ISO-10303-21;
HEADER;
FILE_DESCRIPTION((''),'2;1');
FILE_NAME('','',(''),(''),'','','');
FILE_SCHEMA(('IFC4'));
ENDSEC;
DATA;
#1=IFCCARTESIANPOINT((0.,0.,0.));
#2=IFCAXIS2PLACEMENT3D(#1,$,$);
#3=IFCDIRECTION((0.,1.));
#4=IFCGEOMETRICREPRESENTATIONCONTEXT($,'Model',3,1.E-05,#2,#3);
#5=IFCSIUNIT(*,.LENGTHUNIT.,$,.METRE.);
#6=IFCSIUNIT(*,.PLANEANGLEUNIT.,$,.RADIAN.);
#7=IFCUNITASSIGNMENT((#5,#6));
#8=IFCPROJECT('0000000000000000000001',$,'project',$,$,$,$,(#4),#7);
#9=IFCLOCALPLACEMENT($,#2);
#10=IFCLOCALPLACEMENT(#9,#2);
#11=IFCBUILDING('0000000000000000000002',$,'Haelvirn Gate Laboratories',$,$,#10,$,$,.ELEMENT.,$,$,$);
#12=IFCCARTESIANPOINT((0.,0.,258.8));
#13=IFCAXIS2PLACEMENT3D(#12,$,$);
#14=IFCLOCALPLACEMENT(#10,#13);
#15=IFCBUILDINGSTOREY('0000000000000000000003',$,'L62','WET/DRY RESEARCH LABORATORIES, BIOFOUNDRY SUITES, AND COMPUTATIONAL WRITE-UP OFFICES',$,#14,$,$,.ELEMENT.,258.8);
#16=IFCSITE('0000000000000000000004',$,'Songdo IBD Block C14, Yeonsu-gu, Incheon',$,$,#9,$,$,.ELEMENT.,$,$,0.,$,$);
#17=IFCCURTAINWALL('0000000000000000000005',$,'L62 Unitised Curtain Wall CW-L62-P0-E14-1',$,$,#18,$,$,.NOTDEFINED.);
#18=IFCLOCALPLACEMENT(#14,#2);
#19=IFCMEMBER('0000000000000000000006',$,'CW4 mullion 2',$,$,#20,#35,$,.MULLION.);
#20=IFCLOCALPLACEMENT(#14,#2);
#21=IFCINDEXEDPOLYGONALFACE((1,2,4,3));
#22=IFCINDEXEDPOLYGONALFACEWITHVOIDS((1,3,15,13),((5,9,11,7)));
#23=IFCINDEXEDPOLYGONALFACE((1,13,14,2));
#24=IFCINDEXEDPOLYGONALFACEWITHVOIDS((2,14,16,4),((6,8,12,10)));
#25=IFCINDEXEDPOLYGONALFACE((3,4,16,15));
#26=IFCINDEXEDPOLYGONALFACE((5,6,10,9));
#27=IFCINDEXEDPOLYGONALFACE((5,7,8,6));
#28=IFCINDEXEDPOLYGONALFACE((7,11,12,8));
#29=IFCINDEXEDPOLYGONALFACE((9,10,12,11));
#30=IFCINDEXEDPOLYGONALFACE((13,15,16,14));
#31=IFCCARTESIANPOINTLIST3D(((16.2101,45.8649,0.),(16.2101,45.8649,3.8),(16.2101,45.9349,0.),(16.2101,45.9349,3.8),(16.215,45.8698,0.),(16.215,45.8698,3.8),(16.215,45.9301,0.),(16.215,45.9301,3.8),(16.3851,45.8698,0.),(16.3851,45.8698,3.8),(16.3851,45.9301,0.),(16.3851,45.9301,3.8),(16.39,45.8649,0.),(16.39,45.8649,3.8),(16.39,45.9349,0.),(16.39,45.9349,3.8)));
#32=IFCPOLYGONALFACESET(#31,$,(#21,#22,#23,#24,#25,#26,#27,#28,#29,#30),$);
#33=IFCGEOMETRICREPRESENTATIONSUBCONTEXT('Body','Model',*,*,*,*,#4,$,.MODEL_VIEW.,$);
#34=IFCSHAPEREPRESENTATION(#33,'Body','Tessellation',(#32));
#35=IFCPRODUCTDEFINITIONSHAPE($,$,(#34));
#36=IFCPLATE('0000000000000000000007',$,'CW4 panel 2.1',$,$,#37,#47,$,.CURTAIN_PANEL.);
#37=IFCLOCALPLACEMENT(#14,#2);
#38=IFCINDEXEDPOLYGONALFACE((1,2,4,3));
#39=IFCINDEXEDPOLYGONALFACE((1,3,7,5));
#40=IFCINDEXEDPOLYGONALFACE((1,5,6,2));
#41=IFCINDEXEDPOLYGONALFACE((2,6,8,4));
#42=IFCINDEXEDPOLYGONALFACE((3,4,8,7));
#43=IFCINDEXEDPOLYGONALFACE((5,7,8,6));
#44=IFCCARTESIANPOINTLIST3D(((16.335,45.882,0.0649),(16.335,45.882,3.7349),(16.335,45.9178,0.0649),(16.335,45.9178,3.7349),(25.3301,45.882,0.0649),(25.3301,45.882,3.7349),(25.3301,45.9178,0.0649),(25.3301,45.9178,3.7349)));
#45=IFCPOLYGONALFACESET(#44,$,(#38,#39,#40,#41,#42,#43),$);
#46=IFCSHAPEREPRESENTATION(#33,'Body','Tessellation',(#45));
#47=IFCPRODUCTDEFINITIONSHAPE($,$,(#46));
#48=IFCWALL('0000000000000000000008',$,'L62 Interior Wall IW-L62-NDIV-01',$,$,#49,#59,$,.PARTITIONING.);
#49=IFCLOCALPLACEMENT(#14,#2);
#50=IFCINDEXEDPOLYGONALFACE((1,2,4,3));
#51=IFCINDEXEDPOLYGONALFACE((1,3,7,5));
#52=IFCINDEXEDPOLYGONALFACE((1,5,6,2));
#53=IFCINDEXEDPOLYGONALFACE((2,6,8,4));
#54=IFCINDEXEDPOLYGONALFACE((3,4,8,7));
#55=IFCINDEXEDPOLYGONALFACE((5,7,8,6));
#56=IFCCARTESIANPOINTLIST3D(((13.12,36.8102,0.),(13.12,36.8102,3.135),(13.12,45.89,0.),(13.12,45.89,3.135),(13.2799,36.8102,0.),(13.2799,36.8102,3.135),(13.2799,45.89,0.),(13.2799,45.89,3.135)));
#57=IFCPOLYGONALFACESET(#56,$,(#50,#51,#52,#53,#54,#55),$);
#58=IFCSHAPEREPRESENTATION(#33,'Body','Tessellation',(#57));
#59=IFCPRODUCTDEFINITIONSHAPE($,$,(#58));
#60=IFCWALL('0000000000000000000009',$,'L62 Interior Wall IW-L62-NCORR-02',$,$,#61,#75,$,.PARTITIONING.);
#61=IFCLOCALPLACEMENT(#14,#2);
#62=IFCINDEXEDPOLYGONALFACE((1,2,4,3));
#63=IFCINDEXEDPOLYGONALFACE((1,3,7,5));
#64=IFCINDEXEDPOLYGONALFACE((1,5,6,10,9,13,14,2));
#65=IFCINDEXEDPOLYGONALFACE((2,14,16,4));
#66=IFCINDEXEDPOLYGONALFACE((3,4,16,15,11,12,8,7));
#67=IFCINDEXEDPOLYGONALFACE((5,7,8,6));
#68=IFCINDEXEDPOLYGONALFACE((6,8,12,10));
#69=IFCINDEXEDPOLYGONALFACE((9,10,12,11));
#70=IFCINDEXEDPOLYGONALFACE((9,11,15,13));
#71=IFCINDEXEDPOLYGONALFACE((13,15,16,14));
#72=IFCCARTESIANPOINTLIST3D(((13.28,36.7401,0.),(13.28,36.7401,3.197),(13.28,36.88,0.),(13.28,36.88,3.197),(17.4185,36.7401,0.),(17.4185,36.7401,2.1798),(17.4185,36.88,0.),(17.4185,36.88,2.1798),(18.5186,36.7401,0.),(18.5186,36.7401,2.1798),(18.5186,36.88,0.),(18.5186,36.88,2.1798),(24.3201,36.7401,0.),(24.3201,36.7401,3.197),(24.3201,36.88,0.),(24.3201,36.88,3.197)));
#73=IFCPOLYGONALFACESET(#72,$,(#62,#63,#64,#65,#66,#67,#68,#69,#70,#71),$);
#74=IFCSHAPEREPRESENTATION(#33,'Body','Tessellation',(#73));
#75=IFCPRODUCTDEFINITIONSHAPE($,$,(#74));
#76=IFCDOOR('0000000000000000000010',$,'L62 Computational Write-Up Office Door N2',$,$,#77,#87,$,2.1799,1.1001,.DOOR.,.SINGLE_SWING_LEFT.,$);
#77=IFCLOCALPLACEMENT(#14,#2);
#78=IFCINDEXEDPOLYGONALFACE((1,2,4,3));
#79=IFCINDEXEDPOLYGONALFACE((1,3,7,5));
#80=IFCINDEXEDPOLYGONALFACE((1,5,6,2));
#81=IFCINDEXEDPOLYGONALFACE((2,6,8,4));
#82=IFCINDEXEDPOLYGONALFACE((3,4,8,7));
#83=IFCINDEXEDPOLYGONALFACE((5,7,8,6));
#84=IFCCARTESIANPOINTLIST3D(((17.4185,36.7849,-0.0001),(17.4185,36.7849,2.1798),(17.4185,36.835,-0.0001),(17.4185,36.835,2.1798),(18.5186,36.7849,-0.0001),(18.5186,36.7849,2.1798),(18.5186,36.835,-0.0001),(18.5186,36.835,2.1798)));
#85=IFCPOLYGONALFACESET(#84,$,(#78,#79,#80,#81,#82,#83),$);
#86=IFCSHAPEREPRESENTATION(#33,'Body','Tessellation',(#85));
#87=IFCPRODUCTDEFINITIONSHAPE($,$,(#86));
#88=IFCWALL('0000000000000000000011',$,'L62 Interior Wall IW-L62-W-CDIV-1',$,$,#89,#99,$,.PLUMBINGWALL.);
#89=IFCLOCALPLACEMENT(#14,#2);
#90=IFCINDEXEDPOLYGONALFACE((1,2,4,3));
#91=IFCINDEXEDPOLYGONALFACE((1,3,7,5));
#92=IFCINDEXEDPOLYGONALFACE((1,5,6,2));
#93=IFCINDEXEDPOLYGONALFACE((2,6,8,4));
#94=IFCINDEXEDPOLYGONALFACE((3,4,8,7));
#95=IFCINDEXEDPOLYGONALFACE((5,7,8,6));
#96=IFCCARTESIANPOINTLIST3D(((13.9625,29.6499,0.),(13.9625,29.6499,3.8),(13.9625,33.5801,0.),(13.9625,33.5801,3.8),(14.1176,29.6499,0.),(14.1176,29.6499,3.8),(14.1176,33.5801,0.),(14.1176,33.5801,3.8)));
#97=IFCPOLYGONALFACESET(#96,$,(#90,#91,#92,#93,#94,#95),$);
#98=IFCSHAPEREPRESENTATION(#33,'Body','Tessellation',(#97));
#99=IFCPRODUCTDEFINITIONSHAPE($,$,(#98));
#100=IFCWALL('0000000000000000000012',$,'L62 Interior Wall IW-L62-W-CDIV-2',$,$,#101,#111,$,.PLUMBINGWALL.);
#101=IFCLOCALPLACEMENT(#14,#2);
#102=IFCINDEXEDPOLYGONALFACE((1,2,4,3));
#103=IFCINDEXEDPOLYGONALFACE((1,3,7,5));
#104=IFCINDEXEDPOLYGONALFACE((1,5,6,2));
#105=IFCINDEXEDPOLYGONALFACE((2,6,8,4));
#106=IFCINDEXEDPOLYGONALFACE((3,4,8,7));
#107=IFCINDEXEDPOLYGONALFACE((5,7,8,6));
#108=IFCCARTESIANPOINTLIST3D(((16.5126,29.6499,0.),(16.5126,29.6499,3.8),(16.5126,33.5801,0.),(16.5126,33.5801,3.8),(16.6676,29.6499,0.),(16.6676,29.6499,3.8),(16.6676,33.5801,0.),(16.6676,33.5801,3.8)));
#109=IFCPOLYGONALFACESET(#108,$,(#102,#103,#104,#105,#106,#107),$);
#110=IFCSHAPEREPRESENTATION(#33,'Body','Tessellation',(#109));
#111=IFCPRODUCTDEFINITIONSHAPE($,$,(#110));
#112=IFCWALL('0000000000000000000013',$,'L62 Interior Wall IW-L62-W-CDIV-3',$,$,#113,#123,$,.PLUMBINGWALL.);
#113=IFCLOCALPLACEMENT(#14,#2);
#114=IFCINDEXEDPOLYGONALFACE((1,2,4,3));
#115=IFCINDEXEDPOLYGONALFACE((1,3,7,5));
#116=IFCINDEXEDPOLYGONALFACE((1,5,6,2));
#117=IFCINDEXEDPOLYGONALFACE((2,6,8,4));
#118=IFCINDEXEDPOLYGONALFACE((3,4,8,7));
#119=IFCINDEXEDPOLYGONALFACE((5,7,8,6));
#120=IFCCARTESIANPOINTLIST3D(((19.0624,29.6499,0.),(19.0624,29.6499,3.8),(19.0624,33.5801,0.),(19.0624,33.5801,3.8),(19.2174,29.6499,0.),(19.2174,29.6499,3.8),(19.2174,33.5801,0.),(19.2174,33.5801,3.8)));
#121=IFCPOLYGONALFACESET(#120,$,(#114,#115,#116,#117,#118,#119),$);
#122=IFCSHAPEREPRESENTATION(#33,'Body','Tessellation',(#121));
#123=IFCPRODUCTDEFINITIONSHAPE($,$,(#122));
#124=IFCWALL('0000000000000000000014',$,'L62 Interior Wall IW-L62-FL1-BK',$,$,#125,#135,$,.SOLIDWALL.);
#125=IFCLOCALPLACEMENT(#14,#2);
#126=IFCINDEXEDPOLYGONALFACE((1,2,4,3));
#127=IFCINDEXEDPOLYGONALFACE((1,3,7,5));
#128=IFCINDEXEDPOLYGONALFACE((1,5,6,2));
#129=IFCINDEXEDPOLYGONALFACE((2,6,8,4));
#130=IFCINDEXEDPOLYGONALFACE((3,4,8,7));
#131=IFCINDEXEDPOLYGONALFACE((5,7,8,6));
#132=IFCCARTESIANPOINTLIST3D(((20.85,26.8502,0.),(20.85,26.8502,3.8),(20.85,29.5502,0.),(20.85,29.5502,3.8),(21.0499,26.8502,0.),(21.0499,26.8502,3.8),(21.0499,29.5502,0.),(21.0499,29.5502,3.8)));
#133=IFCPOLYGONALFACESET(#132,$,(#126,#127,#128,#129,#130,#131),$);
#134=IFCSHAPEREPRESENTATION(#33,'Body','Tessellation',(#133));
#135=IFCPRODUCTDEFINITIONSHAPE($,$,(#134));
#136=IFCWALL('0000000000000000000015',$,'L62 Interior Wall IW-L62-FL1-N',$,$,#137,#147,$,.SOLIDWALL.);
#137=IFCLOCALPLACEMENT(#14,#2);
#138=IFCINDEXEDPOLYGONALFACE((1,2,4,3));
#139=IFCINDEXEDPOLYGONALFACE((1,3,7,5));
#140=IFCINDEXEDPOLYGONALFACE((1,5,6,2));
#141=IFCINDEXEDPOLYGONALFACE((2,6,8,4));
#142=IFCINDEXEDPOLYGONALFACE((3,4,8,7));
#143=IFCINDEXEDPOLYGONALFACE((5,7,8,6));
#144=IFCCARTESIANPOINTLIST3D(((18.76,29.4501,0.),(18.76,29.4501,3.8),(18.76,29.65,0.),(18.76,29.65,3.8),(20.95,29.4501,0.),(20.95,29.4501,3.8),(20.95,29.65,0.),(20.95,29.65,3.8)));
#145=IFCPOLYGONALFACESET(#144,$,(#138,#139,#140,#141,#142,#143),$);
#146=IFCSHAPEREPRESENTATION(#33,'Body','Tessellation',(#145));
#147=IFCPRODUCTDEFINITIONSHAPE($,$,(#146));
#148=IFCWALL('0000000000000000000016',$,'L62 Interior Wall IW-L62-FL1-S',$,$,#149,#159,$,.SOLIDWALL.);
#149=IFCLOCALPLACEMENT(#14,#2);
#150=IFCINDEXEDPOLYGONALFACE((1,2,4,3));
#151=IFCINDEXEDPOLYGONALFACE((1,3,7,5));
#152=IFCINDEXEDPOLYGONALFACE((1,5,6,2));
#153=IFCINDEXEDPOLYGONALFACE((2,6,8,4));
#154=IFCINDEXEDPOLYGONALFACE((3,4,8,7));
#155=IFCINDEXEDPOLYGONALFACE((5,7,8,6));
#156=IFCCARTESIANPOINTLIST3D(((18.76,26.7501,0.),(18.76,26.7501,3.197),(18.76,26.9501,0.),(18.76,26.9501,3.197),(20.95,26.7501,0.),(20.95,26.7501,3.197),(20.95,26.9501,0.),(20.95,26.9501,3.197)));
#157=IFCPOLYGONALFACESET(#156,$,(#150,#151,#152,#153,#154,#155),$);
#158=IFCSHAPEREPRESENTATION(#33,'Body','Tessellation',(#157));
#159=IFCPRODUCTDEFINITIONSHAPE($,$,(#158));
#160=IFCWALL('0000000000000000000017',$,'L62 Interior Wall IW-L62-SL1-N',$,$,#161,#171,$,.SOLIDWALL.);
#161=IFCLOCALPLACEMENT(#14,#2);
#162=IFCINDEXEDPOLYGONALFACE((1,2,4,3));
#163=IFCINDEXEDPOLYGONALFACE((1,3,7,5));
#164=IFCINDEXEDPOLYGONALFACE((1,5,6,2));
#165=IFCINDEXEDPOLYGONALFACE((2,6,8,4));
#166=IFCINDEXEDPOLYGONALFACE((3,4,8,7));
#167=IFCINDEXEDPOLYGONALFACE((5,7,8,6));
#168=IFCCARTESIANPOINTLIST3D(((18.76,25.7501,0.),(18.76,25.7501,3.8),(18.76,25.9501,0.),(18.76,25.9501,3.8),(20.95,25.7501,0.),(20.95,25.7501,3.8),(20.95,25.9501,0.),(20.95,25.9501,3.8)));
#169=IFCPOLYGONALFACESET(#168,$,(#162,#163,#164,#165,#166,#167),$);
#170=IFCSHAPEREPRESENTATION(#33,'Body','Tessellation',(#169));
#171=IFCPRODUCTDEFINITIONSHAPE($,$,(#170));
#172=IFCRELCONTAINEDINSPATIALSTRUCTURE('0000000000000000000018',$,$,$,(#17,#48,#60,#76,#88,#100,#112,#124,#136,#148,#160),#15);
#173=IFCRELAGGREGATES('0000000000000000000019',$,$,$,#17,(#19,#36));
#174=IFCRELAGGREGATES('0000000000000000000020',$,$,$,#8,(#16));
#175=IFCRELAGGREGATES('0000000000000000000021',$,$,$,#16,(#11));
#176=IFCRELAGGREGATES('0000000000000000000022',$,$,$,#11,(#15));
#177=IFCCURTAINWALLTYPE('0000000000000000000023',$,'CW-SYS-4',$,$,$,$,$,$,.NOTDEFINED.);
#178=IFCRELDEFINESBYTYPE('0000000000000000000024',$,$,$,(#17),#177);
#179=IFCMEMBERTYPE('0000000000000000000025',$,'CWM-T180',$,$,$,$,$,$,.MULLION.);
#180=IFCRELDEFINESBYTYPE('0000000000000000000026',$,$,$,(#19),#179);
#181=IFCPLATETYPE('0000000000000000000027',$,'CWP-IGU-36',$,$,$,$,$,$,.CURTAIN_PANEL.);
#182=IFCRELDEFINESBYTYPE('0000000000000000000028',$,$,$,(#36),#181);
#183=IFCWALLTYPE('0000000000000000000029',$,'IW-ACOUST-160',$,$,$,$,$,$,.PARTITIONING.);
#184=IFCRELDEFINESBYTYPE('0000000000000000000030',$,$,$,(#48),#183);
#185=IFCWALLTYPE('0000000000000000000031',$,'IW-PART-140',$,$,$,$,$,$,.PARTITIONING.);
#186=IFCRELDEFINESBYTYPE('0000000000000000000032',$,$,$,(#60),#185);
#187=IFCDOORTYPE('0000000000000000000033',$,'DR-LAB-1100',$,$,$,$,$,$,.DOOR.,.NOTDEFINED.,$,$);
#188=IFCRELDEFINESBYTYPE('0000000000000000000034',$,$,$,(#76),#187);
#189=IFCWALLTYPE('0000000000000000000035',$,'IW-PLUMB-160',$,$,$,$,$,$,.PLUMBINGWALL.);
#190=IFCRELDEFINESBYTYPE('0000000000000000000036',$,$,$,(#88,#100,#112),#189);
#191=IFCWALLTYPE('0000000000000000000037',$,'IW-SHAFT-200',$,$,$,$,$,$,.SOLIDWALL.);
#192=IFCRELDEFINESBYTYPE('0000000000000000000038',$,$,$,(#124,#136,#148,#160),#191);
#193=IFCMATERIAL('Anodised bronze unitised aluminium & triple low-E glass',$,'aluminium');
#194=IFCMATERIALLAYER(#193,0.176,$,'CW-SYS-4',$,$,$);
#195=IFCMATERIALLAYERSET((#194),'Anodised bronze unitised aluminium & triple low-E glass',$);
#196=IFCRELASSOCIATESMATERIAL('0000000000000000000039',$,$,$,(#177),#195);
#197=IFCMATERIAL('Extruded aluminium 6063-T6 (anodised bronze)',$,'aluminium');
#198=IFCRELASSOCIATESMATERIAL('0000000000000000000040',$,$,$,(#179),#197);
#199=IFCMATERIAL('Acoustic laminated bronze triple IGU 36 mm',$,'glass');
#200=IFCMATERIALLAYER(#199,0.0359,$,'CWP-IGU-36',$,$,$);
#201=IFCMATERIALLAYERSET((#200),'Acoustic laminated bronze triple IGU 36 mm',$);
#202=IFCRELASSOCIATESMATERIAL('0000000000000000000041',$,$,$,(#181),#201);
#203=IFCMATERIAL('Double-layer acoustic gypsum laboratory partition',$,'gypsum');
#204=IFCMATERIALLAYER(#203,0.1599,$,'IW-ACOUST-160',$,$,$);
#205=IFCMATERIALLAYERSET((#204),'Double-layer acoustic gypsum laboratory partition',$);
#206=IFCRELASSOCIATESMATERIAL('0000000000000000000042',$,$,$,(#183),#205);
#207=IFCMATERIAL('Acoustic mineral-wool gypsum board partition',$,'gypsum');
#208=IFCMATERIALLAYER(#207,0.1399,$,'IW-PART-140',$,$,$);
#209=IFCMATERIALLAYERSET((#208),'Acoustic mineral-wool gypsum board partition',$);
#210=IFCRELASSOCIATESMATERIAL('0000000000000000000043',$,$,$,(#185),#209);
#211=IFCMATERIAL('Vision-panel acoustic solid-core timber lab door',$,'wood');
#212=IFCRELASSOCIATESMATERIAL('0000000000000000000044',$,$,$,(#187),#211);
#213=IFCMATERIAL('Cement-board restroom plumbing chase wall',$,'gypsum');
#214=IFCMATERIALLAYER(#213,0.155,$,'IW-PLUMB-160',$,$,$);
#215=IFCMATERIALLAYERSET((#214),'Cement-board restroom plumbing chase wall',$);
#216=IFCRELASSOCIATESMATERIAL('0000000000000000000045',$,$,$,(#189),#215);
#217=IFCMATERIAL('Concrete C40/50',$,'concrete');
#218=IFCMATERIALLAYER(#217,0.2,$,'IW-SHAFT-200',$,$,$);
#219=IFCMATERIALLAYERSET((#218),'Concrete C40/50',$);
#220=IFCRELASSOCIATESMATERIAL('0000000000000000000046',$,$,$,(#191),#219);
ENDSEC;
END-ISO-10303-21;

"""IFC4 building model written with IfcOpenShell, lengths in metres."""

from ifc_helpers import new_model, si_unit, direction, frame, frame_2d, origin, origin_2d, place, context, subcontext, project, spatial, rectangle, hollow_rectangle, extrude, source, transform, mapped, material, layer, layer_set, material_profile, profile_set, type_object, type_shapes, element, fill, aggregate, save


model = new_model("IFC4")

# Units and contexts
model_context = context("Model", 3, precision=1e-05, world=origin(), true_north=direction((0.0, 1.0)))
body_context = subcontext(model_context, "Body", "Model", "MODEL_VIEW")
ifc_project = project(units=[si_unit("LENGTHUNIT", "METRE"), si_unit("PLANEANGLEUNIT", "RADIAN")], contexts=[model_context])

# Site, building, storey
site_placement = place(None, origin())
site = spatial("IfcSite", under=ifc_project, at=site_placement, Name="Songdo IBD Block C14, Yeonsu-gu, Incheon", CompositionType="ELEMENT", RefElevation=0.0)
building_placement = place(site_placement, origin())
building = spatial("IfcBuilding", under=site, at=building_placement, Name="Haelvirn Gate Laboratories", CompositionType="ELEMENT")
storey_placement = place(building_placement, frame((0.0, 0.0, 258.8)))
storey = spatial("IfcBuildingStorey", under=building, at=storey_placement, Name="L62", Description="WET/DRY RESEARCH LABORATORIES, BIOFOUNDRY SUITES, AND COMPUTATIONAL WRITE-UP OFFICES", CompositionType="ELEMENT", Elevation=258.8)

# Curtain wall, member, plate
ifc_material_1 = material(Name="Anodised bronze unitised aluminium & triple low-E glass", Category="aluminium")
ifc_layer_1 = layer(ifc_material_1, 0.176, Name="CW-SYS-4")
ifc_layer_set_1 = layer_set([ifc_layer_1], Name="Anodised bronze unitised aluminium & triple low-E glass")
curtain_wall_type = type_object("IfcCurtainWallType", Name="CW-SYS-4", PredefinedType="NOTDEFINED", material=ifc_layer_set_1)
curtain_wall_placement = place(storey_placement, origin())
curtain_wall = element("IfcCurtainWall", 1, at=curtain_wall_placement, inside=storey, type_object=curtain_wall_type, Name="L62 Unitised Curtain Wall CW-L62-P0-E14-1", PredefinedType="NOTDEFINED")
ifc_material_2 = material(Name="Extruded aluminium 6063-T6 (anodised bronze)", Category="aluminium")
ifc_material_profile_1 = material_profile(ifc_material_2, hollow_rectangle(XDim=0.0701, YDim=0.1799, WallThickness=0.0049, at=origin_2d()), Name="CWM-180x70x5")
ifc_profile_set_1 = profile_set([ifc_material_profile_1], Name="Extruded aluminium 6063-T6 (anodised bronze)")
member_type_1 = type_object("IfcMemberType", Name="CWM-T180", PredefinedType="MULLION", material=ifc_profile_set_1)
shared_shape_1 = source(origin(), body_context, "Body", "SweptSolid", [
    extrude(hollow_rectangle(XDim=0.0701, YDim=0.1799, WallThickness=0.0049, at=origin_2d()), origin(), (0.0, 0.0, 1.0), 3.8),
])
type_shapes(member_type_1, [shared_shape_1])
member_1_placement = place(storey_placement, frame((16.3, 45.8999, 0.0), z_axis=(0.0, 0.0, 1.0), x_axis=(0.0, 1.0, 0.0)))
member_1 = element("IfcMember", 2, at=member_1_placement, type_object=member_type_1, Name="CW4 mullion 2", PredefinedType="MULLION", context=body_context, shape_type="MappedRepresentation", body=[
    mapped(shared_shape_1, transform((0.0, 0.0, 0.0), scale=1.0)),
])
ifc_material_3 = material(Name="Acoustic laminated bronze triple IGU 36 mm", Category="glass")
ifc_layer_2 = layer(ifc_material_3, 0.0359, Name="CWP-IGU-36")
ifc_layer_set_2 = layer_set([ifc_layer_2], Name="Acoustic laminated bronze triple IGU 36 mm")
plate_type = type_object("IfcPlateType", Name="CWP-IGU-36", PredefinedType="CURTAIN_PANEL", material=ifc_layer_set_2)
shared_shape_2 = source(origin(), body_context, "Body", "SweptSolid", [
    extrude(rectangle(XDim=8.9951, YDim=0.0359, at=origin_2d()), origin(), (0.0, 0.0, 1.0), 3.6699),
])
type_shapes(plate_type, [shared_shape_2])
plate_placement = place(storey_placement, frame((20.8325, 45.8999, 0.0649), z_axis=(0.0, 0.0, 1.0), x_axis=(1.0, 0.0, 0.0)))
plate = element("IfcPlate", 3, at=plate_placement, type_object=plate_type, Name="CW4 panel 2.1", PredefinedType="CURTAIN_PANEL", context=body_context, shape_type="MappedRepresentation", body=[
    mapped(shared_shape_2, transform((0.0, 0.0, 0.0), scale=1.0)),
])
aggregate(curtain_wall, [member_1, plate])

# Wall
ifc_material_4 = material(Name="Double-layer acoustic gypsum laboratory partition", Category="gypsum")
ifc_layer_3 = layer(ifc_material_4, 0.1599, Name="IW-ACOUST-160")
ifc_layer_set_3 = layer_set([ifc_layer_3], Name="Double-layer acoustic gypsum laboratory partition")
wall_type_1 = type_object("IfcWallType", Name="IW-ACOUST-160", PredefinedType="PARTITIONING", material=ifc_layer_set_3)
wall_1_placement = place(storey_placement, frame((13.2, 36.8101, 0.0), z_axis=(0.0, 0.0, 1.0), x_axis=(0.0, 1.0, 0.0)))
element("IfcWall", 4, at=wall_1_placement, inside=storey, type_object=wall_type_1, Name="L62 Interior Wall IW-L62-NDIV-01", PredefinedType="PARTITIONING", context=body_context, shape_type="SweptSolid", body=[
    extrude(rectangle(XDim=9.0798, YDim=0.1599, at=frame_2d((4.54, 0.0))), origin(), (0.0, 0.0, 1.0), 3.135),
])

# Wall, opening, door
ifc_material_5 = material(Name="Acoustic mineral-wool gypsum board partition", Category="gypsum")
ifc_layer_4 = layer(ifc_material_5, 0.1399, Name="IW-PART-140")
ifc_layer_set_4 = layer_set([ifc_layer_4], Name="Acoustic mineral-wool gypsum board partition")
wall_type_2 = type_object("IfcWallType", Name="IW-PART-140", PredefinedType="PARTITIONING", material=ifc_layer_set_4)
wall_2_placement = place(storey_placement, frame((13.28, 36.8101, 0.0), z_axis=(0.0, 0.0, 1.0), x_axis=(1.0, 0.0, 0.0)))
wall_2 = element("IfcWall", 5, at=wall_2_placement, inside=storey, type_object=wall_type_2, Name="L62 Interior Wall IW-L62-NCORR-02", PredefinedType="PARTITIONING", context=body_context, shape_type="SweptSolid", body=[
    extrude(rectangle(XDim=11.04, YDim=0.1399, at=frame_2d((5.52, 0.0))), origin(), (0.0, 0.0, 1.0), 3.197),
])
opening_placement = place(wall_2_placement, frame((4.1384, 0.0, 0.0)))
opening = element("IfcOpeningElement", 6, at=opening_placement, cuts=wall_2, PredefinedType="OPENING", context=body_context, shape_type="SweptSolid", body=[
    extrude(rectangle(XDim=1.1001, YDim=2.1799, at=frame_2d((0.55, 1.0898))), frame((0.0, 0.0801, 0.0), z_axis=(0.0, -1.0, 0.0), x_axis=(1.0, 0.0, 0.0)), (0.0, 0.0, 1.0), 0.1599),
])
ifc_material_6 = material(Name="Vision-panel acoustic solid-core timber lab door", Category="wood")
door_type = type_object("IfcDoorType", Name="DR-LAB-1100", OperationType="NOTDEFINED", PredefinedType="DOOR", material=ifc_material_6)
shared_shape_3 = source(origin(), body_context, "Body", "SweptSolid", [
    extrude(rectangle(XDim=1.1001, YDim=2.1799, at=frame_2d((0.55, 1.0898))), frame((0.0, 0.0249, 0.0), z_axis=(0.0, -1.0, 0.0), x_axis=(1.0, 0.0, 0.0)), (0.0, 0.0, 1.0), 0.05),
])
type_shapes(door_type, [shared_shape_3])
door_placement = place(opening_placement, origin())
door = element("IfcDoor", 7, at=door_placement, inside=storey, type_object=door_type, Name="L62 Computational Write-Up Office Door N2", OperationType="SINGLE_SWING_LEFT", OverallHeight=2.1799, OverallWidth=1.1001, PredefinedType="DOOR", context=body_context, shape_type="MappedRepresentation", body=[
    mapped(shared_shape_3, transform((0.0, 0.0, 0.0), scale=1.0)),
])
fill(opening, door)

# Walls
ifc_material_7 = material(Name="Cement-board restroom plumbing chase wall", Category="gypsum")
ifc_layer_5 = layer(ifc_material_7, 0.155, Name="IW-PLUMB-160")
ifc_layer_set_5 = layer_set([ifc_layer_5], Name="Cement-board restroom plumbing chase wall")
wall_type_3 = type_object("IfcWallType", Name="IW-PLUMB-160", PredefinedType="PLUMBINGWALL", material=ifc_layer_set_5)
for number, where, z_axis, x_axis, name in (
    (8, (14.04, 29.6499, 0.0), (0.0, 0.0, 1.0), (0.0, 1.0, 0.0), "L62 Interior Wall IW-L62-W-CDIV-1"),
    (9, (16.5901, 29.6499, 0.0), (0.0, 0.0, 1.0), (0.0, 1.0, 0.0), "L62 Interior Wall IW-L62-W-CDIV-2"),
    (10, (19.1399, 29.6499, 0.0), (0.0, 0.0, 1.0), (0.0, 1.0, 0.0), "L62 Interior Wall IW-L62-W-CDIV-3"),
):
    element("IfcWall", number, at=place(storey_placement, frame(where, z_axis=z_axis, x_axis=x_axis)), inside=storey, type_object=wall_type_3, Name=name, PredefinedType="PLUMBINGWALL", context=body_context, shape_type="SweptSolid", body=[
        extrude(rectangle(XDim=3.9302, YDim=0.155, at=frame_2d((1.9651, 0.0))), origin(), (0.0, 0.0, 1.0), 3.8),
    ])
ifc_material_8 = material(Name="Concrete C40/50", Category="concrete")
ifc_layer_6 = layer(ifc_material_8, 0.2, Name="IW-SHAFT-200")
ifc_layer_set_6 = layer_set([ifc_layer_6], Name="Concrete C40/50")
wall_type_4 = type_object("IfcWallType", Name="IW-SHAFT-200", PredefinedType="SOLIDWALL", material=ifc_layer_set_6)
wall_3_placement = place(storey_placement, frame((20.95, 26.8501, 0.0), z_axis=(0.0, 0.0, 1.0), x_axis=(0.0, 1.0, 0.0)))
element("IfcWall", 11, at=wall_3_placement, inside=storey, type_object=wall_type_4, Name="L62 Interior Wall IW-L62-FL1-BK", PredefinedType="SOLIDWALL", context=body_context, shape_type="SweptSolid", body=[
    extrude(rectangle(XDim=2.7, YDim=0.2, at=frame_2d((1.3501, 0.0))), origin(), (0.0, 0.0, 1.0), 3.8),
])
wall_4_placement = place(storey_placement, frame((18.76, 29.55, 0.0), z_axis=(0.0, 0.0, 1.0), x_axis=(1.0, 0.0, 0.0)))
element("IfcWall", 12, at=wall_4_placement, inside=storey, type_object=wall_type_4, Name="L62 Interior Wall IW-L62-FL1-N", PredefinedType="SOLIDWALL", context=body_context, shape_type="SweptSolid", body=[
    extrude(rectangle(XDim=2.1899, YDim=0.2, at=frame_2d((1.095, 0.0))), origin(), (0.0, 0.0, 1.0), 3.8),
])
wall_5_placement = place(storey_placement, frame((18.76, 26.8501, 0.0), z_axis=(0.0, 0.0, 1.0), x_axis=(1.0, 0.0, 0.0)))
element("IfcWall", 13, at=wall_5_placement, inside=storey, type_object=wall_type_4, Name="L62 Interior Wall IW-L62-FL1-S", PredefinedType="SOLIDWALL", context=body_context, shape_type="SweptSolid", body=[
    extrude(rectangle(XDim=2.1899, YDim=0.2, at=frame_2d((1.095, 0.0))), origin(), (0.0, 0.0, 1.0), 3.197),
])
wall_6_placement = place(storey_placement, frame((18.76, 25.8501, 0.0), z_axis=(0.0, 0.0, 1.0), x_axis=(1.0, 0.0, 0.0)))
element("IfcWall", 14, at=wall_6_placement, inside=storey, type_object=wall_type_4, Name="L62 Interior Wall IW-L62-SL1-N", PredefinedType="SOLIDWALL", context=body_context, shape_type="SweptSolid", body=[
    extrude(rectangle(XDim=2.1899, YDim=0.2, at=frame_2d((1.095, 0.0))), origin(), (0.0, 0.0, 1.0), 3.8),
])

save(model, "model.ifc")
